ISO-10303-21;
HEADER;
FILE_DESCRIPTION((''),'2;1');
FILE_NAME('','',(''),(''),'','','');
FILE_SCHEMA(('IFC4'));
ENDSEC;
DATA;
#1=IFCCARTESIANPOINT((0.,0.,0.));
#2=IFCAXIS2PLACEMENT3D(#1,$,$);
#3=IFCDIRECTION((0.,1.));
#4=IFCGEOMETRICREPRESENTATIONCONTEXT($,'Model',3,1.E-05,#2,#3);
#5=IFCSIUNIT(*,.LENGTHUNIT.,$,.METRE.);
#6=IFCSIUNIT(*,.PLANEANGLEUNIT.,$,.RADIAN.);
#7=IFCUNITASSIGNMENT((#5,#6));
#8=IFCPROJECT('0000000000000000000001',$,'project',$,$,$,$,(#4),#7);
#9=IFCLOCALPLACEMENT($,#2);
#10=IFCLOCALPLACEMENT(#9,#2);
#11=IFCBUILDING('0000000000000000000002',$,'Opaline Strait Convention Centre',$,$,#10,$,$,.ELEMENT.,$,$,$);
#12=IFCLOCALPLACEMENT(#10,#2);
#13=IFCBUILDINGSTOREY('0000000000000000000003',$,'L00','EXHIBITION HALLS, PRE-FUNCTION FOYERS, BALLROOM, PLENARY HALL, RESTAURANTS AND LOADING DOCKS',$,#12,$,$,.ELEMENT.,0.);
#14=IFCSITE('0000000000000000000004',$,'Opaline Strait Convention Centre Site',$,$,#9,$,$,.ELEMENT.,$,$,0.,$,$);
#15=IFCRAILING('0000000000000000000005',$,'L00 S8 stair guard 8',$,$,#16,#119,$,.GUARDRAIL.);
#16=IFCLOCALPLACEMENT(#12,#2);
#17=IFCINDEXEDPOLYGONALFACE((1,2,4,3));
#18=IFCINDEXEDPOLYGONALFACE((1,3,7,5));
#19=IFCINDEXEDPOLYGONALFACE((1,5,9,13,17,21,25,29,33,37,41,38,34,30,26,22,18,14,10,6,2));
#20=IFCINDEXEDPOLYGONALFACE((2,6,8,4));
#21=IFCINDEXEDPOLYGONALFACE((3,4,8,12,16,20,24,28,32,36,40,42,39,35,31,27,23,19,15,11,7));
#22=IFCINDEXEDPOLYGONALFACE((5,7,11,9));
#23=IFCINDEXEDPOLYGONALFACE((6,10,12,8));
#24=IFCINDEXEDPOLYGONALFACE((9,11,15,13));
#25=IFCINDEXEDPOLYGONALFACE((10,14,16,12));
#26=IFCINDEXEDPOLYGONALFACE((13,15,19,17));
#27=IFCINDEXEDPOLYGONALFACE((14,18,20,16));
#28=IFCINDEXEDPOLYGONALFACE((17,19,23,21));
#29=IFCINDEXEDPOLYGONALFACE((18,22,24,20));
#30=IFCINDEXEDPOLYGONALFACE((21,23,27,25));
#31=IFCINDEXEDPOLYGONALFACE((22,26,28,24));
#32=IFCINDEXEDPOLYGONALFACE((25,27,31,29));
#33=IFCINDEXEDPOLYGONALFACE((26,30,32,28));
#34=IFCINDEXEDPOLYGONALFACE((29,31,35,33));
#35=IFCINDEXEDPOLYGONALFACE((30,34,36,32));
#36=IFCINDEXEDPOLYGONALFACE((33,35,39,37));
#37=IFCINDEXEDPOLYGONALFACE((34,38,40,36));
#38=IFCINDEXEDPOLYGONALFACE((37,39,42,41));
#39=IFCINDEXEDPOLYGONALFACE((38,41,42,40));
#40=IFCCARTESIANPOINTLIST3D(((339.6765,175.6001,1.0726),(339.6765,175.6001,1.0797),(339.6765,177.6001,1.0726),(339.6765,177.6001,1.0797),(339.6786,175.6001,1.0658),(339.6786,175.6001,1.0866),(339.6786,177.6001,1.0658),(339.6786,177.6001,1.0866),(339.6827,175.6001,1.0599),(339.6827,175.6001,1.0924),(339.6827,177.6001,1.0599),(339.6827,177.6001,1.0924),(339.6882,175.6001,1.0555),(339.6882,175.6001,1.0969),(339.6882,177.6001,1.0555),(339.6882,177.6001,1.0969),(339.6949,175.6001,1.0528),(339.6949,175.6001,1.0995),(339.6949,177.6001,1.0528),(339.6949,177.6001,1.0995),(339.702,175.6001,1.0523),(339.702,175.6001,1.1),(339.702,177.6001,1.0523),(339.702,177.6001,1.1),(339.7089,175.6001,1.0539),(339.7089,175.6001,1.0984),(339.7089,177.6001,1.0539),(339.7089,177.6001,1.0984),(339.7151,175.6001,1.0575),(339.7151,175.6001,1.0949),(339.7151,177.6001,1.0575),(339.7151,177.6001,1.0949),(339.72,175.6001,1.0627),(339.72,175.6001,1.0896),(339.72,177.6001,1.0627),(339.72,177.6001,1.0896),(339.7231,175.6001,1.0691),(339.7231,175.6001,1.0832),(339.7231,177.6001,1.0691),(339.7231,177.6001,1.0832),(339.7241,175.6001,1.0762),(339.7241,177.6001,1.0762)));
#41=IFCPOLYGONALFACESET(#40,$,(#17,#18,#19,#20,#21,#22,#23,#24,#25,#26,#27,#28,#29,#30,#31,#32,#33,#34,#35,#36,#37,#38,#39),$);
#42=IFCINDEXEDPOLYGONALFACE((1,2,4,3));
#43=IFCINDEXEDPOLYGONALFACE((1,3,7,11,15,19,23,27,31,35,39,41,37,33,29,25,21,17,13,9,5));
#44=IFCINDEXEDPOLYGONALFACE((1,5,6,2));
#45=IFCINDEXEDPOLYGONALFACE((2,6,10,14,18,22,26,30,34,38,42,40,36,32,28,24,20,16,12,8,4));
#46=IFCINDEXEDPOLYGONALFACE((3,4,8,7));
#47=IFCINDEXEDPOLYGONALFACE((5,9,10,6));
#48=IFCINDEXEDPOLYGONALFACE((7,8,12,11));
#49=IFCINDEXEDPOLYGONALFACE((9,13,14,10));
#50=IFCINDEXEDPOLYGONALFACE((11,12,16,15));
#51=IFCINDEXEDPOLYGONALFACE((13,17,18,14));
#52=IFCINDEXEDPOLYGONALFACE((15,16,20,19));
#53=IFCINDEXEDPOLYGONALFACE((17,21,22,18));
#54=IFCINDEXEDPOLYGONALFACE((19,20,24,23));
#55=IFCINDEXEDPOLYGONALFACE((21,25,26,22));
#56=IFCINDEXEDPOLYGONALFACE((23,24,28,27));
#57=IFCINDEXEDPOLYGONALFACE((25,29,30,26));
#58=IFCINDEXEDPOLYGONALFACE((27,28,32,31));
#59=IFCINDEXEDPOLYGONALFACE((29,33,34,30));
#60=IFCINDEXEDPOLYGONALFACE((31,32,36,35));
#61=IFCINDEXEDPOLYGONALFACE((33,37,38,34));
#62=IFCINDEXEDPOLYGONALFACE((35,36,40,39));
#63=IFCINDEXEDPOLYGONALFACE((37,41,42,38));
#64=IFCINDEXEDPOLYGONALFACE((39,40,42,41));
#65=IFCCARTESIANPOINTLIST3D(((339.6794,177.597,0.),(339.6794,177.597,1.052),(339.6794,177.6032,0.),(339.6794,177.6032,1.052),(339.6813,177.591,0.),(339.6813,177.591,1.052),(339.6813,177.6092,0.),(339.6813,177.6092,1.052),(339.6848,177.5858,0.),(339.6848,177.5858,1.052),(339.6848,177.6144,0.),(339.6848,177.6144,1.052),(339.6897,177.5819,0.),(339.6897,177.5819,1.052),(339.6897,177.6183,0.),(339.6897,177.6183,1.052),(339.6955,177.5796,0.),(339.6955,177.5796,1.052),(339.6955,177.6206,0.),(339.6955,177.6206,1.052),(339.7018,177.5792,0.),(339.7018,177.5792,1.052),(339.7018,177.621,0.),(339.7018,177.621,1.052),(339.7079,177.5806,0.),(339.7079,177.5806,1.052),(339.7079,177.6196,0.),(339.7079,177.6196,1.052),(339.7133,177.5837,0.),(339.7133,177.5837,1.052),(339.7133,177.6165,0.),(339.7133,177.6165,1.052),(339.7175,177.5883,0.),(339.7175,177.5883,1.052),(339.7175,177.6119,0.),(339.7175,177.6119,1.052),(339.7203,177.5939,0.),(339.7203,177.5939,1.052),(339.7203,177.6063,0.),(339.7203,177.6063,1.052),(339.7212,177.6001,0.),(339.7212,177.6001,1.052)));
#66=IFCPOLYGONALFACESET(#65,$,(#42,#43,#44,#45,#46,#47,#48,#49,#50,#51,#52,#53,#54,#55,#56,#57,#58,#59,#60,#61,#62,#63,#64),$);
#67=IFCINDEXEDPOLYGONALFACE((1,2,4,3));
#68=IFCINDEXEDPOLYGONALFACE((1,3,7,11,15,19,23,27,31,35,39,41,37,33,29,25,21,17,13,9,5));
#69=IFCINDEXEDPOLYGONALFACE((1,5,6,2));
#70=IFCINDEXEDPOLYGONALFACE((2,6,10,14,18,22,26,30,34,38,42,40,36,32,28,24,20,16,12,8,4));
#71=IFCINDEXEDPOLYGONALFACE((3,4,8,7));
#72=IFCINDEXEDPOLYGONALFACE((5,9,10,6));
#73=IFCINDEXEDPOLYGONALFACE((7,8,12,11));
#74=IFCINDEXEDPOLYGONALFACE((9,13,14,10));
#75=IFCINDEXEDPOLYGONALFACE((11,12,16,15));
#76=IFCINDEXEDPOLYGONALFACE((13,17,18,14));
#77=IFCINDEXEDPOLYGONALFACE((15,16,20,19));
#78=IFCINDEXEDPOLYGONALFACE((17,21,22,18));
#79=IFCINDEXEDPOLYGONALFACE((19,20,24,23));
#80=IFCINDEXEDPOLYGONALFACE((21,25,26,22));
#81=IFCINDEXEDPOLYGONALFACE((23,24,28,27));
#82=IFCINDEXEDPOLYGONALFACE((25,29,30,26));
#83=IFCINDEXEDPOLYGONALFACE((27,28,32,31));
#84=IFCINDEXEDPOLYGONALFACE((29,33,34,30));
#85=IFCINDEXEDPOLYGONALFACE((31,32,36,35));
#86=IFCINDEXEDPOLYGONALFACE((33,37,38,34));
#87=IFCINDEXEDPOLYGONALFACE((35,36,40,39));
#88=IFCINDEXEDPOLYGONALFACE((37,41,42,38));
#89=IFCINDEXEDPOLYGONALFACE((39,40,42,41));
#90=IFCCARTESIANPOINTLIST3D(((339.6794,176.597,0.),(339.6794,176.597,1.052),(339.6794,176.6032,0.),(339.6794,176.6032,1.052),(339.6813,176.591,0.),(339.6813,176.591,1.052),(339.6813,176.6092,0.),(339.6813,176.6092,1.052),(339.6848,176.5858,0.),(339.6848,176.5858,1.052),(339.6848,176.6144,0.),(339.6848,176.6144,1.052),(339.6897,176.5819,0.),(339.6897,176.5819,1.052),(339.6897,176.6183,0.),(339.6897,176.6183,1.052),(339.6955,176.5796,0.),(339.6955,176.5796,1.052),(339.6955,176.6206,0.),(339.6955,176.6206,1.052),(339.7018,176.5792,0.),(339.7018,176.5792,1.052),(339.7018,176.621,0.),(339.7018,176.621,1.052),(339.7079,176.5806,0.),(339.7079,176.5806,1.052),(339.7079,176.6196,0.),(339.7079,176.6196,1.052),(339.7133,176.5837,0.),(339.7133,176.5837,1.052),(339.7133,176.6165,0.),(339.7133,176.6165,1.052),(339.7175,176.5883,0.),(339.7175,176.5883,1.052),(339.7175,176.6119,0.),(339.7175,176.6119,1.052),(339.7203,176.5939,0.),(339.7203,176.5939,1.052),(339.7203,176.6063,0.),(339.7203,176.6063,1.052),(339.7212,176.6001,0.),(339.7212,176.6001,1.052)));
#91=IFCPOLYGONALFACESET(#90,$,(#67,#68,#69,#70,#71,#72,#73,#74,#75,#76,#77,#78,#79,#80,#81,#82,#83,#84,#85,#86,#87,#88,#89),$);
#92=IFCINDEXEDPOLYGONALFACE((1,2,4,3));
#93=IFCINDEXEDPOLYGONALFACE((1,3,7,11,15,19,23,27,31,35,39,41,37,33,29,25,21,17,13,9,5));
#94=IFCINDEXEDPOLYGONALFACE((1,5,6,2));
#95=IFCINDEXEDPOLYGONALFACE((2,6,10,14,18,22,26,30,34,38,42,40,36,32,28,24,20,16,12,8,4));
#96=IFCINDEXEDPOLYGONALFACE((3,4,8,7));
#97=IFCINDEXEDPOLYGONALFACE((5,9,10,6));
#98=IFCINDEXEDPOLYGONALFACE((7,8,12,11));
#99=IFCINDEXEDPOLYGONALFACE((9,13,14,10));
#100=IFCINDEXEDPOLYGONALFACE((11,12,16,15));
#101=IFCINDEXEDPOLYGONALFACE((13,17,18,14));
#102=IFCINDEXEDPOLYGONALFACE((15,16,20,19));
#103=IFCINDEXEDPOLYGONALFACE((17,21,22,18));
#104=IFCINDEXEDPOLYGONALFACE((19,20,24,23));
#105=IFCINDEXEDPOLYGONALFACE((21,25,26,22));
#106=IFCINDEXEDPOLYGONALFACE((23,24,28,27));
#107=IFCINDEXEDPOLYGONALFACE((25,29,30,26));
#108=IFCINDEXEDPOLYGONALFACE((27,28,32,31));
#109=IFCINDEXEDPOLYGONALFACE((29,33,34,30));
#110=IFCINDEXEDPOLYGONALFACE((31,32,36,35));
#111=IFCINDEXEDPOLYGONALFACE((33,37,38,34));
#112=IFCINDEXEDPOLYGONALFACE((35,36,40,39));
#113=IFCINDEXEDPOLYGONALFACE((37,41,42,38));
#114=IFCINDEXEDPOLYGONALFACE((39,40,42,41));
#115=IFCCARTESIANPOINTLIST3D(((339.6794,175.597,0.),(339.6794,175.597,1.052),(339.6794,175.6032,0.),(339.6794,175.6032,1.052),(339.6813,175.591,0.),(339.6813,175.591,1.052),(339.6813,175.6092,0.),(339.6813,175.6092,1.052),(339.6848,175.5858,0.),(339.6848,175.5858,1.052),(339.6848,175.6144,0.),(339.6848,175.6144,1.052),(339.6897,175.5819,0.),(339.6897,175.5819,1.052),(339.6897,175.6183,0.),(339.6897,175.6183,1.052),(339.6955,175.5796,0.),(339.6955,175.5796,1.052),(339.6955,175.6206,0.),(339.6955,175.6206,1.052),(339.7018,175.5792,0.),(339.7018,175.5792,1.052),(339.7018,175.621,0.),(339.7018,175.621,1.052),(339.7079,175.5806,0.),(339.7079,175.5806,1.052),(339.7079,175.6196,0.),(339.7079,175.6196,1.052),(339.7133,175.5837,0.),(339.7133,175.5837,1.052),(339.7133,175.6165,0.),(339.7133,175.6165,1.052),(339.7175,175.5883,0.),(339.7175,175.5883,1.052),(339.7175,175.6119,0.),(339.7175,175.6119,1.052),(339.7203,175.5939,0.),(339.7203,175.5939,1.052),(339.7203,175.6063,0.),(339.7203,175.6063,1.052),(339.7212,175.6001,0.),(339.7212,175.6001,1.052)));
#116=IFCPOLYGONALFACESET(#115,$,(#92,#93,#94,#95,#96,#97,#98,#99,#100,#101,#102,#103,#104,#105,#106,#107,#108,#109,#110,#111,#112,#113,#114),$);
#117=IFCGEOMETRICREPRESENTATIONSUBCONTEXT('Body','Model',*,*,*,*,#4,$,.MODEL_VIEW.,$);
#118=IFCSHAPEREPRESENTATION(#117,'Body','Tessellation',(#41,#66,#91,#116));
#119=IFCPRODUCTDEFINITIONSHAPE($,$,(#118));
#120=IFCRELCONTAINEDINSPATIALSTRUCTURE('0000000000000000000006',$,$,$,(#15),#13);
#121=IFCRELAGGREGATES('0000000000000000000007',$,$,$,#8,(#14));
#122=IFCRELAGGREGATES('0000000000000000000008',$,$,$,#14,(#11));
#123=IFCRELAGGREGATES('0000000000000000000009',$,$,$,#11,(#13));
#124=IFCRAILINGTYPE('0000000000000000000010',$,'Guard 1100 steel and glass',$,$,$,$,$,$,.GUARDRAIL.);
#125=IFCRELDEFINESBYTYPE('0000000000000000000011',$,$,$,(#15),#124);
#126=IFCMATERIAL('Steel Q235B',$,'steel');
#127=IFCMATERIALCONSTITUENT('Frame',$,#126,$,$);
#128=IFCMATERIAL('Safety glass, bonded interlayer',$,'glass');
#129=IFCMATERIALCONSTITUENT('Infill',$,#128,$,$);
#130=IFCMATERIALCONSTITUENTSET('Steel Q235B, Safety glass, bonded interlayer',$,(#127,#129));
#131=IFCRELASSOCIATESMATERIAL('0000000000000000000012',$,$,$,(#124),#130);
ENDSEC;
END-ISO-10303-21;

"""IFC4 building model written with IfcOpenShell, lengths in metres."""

from ifc_helpers import new_model, si_unit, direction, frame, origin, origin_2d, place, context, subcontext, project, spatial, circle, extrude, material, constituent, constituent_set, type_object, element, save


model = new_model("IFC4")

# Units and contexts
model_context = context("Model", 3, precision=1e-05, world=origin(), true_north=direction((0.0, 1.0)))
body_context = subcontext(model_context, "Body", "Model", "MODEL_VIEW")
ifc_project = project(units=[si_unit("LENGTHUNIT", "METRE"), si_unit("PLANEANGLEUNIT", "RADIAN")], contexts=[model_context])

# Site, building, storey
site_placement = place(None, origin())
site = spatial("IfcSite", under=ifc_project, at=site_placement, Name="Opaline Strait Convention Centre Site", CompositionType="ELEMENT", RefElevation=0.0)
building_placement = place(site_placement, origin())
building = spatial("IfcBuilding", under=site, at=building_placement, Name="Opaline Strait Convention Centre", CompositionType="ELEMENT")
storey_placement = place(building_placement, origin())
storey = spatial("IfcBuildingStorey", under=building, at=storey_placement, Name="L00", Description="EXHIBITION HALLS, PRE-FUNCTION FOYERS, BALLROOM, PLENARY HALL, RESTAURANTS AND LOADING DOCKS", CompositionType="ELEMENT", Elevation=0.0)

# Railing
ifc_material_1 = material(Name="Steel Q235B", Category="steel")
ifc_constituent_1 = constituent(ifc_material_1, Name="Frame")
ifc_material_2 = material(Name="Safety glass, bonded interlayer", Category="glass")
ifc_constituent_2 = constituent(ifc_material_2, Name="Infill")
ifc_constituent_set = constituent_set(constituents=[ifc_constituent_1, ifc_constituent_2], Name="Steel Q235B, Safety glass, bonded interlayer")
railing_type_1 = type_object("IfcRailingType", Name="Guard 1100 steel and glass", PredefinedType="GUARDRAIL", material=ifc_constituent_set)
for number, where, name in (
    (1, (339.7002, 177.6001, 0.0), "L00 S8 stair guard 8"),
):
    element("IfcRailing", number, at=place(storey_placement, frame(where)), inside=storey, type_object=railing_type_1, Name=name, PredefinedType="GUARDRAIL", context=body_context, shape_type="SweptSolid", body=[
        extrude(circle(Radius=0.0239, at=origin_2d()), frame((0.0, 0.0, 1.0762), z_axis=(0.0, -1.0, 0.0), x_axis=(1.0, 0.0, 0.0)), (0.0, 0.0, 1.0), 2.0),
        extrude(circle(Radius=0.021, at=origin_2d()), origin(), (0.0, 0.0, 1.0), 1.052),
        extrude(circle(Radius=0.021, at=origin_2d()), frame((0.0, -1.0, 0.0)), (0.0, 0.0, 1.0), 1.052),
        extrude(circle(Radius=0.021, at=origin_2d()), frame((0.0, -2.0, 0.0)), (0.0, 0.0, 1.0), 1.052),
    ])

save(model, "model.ifc")
